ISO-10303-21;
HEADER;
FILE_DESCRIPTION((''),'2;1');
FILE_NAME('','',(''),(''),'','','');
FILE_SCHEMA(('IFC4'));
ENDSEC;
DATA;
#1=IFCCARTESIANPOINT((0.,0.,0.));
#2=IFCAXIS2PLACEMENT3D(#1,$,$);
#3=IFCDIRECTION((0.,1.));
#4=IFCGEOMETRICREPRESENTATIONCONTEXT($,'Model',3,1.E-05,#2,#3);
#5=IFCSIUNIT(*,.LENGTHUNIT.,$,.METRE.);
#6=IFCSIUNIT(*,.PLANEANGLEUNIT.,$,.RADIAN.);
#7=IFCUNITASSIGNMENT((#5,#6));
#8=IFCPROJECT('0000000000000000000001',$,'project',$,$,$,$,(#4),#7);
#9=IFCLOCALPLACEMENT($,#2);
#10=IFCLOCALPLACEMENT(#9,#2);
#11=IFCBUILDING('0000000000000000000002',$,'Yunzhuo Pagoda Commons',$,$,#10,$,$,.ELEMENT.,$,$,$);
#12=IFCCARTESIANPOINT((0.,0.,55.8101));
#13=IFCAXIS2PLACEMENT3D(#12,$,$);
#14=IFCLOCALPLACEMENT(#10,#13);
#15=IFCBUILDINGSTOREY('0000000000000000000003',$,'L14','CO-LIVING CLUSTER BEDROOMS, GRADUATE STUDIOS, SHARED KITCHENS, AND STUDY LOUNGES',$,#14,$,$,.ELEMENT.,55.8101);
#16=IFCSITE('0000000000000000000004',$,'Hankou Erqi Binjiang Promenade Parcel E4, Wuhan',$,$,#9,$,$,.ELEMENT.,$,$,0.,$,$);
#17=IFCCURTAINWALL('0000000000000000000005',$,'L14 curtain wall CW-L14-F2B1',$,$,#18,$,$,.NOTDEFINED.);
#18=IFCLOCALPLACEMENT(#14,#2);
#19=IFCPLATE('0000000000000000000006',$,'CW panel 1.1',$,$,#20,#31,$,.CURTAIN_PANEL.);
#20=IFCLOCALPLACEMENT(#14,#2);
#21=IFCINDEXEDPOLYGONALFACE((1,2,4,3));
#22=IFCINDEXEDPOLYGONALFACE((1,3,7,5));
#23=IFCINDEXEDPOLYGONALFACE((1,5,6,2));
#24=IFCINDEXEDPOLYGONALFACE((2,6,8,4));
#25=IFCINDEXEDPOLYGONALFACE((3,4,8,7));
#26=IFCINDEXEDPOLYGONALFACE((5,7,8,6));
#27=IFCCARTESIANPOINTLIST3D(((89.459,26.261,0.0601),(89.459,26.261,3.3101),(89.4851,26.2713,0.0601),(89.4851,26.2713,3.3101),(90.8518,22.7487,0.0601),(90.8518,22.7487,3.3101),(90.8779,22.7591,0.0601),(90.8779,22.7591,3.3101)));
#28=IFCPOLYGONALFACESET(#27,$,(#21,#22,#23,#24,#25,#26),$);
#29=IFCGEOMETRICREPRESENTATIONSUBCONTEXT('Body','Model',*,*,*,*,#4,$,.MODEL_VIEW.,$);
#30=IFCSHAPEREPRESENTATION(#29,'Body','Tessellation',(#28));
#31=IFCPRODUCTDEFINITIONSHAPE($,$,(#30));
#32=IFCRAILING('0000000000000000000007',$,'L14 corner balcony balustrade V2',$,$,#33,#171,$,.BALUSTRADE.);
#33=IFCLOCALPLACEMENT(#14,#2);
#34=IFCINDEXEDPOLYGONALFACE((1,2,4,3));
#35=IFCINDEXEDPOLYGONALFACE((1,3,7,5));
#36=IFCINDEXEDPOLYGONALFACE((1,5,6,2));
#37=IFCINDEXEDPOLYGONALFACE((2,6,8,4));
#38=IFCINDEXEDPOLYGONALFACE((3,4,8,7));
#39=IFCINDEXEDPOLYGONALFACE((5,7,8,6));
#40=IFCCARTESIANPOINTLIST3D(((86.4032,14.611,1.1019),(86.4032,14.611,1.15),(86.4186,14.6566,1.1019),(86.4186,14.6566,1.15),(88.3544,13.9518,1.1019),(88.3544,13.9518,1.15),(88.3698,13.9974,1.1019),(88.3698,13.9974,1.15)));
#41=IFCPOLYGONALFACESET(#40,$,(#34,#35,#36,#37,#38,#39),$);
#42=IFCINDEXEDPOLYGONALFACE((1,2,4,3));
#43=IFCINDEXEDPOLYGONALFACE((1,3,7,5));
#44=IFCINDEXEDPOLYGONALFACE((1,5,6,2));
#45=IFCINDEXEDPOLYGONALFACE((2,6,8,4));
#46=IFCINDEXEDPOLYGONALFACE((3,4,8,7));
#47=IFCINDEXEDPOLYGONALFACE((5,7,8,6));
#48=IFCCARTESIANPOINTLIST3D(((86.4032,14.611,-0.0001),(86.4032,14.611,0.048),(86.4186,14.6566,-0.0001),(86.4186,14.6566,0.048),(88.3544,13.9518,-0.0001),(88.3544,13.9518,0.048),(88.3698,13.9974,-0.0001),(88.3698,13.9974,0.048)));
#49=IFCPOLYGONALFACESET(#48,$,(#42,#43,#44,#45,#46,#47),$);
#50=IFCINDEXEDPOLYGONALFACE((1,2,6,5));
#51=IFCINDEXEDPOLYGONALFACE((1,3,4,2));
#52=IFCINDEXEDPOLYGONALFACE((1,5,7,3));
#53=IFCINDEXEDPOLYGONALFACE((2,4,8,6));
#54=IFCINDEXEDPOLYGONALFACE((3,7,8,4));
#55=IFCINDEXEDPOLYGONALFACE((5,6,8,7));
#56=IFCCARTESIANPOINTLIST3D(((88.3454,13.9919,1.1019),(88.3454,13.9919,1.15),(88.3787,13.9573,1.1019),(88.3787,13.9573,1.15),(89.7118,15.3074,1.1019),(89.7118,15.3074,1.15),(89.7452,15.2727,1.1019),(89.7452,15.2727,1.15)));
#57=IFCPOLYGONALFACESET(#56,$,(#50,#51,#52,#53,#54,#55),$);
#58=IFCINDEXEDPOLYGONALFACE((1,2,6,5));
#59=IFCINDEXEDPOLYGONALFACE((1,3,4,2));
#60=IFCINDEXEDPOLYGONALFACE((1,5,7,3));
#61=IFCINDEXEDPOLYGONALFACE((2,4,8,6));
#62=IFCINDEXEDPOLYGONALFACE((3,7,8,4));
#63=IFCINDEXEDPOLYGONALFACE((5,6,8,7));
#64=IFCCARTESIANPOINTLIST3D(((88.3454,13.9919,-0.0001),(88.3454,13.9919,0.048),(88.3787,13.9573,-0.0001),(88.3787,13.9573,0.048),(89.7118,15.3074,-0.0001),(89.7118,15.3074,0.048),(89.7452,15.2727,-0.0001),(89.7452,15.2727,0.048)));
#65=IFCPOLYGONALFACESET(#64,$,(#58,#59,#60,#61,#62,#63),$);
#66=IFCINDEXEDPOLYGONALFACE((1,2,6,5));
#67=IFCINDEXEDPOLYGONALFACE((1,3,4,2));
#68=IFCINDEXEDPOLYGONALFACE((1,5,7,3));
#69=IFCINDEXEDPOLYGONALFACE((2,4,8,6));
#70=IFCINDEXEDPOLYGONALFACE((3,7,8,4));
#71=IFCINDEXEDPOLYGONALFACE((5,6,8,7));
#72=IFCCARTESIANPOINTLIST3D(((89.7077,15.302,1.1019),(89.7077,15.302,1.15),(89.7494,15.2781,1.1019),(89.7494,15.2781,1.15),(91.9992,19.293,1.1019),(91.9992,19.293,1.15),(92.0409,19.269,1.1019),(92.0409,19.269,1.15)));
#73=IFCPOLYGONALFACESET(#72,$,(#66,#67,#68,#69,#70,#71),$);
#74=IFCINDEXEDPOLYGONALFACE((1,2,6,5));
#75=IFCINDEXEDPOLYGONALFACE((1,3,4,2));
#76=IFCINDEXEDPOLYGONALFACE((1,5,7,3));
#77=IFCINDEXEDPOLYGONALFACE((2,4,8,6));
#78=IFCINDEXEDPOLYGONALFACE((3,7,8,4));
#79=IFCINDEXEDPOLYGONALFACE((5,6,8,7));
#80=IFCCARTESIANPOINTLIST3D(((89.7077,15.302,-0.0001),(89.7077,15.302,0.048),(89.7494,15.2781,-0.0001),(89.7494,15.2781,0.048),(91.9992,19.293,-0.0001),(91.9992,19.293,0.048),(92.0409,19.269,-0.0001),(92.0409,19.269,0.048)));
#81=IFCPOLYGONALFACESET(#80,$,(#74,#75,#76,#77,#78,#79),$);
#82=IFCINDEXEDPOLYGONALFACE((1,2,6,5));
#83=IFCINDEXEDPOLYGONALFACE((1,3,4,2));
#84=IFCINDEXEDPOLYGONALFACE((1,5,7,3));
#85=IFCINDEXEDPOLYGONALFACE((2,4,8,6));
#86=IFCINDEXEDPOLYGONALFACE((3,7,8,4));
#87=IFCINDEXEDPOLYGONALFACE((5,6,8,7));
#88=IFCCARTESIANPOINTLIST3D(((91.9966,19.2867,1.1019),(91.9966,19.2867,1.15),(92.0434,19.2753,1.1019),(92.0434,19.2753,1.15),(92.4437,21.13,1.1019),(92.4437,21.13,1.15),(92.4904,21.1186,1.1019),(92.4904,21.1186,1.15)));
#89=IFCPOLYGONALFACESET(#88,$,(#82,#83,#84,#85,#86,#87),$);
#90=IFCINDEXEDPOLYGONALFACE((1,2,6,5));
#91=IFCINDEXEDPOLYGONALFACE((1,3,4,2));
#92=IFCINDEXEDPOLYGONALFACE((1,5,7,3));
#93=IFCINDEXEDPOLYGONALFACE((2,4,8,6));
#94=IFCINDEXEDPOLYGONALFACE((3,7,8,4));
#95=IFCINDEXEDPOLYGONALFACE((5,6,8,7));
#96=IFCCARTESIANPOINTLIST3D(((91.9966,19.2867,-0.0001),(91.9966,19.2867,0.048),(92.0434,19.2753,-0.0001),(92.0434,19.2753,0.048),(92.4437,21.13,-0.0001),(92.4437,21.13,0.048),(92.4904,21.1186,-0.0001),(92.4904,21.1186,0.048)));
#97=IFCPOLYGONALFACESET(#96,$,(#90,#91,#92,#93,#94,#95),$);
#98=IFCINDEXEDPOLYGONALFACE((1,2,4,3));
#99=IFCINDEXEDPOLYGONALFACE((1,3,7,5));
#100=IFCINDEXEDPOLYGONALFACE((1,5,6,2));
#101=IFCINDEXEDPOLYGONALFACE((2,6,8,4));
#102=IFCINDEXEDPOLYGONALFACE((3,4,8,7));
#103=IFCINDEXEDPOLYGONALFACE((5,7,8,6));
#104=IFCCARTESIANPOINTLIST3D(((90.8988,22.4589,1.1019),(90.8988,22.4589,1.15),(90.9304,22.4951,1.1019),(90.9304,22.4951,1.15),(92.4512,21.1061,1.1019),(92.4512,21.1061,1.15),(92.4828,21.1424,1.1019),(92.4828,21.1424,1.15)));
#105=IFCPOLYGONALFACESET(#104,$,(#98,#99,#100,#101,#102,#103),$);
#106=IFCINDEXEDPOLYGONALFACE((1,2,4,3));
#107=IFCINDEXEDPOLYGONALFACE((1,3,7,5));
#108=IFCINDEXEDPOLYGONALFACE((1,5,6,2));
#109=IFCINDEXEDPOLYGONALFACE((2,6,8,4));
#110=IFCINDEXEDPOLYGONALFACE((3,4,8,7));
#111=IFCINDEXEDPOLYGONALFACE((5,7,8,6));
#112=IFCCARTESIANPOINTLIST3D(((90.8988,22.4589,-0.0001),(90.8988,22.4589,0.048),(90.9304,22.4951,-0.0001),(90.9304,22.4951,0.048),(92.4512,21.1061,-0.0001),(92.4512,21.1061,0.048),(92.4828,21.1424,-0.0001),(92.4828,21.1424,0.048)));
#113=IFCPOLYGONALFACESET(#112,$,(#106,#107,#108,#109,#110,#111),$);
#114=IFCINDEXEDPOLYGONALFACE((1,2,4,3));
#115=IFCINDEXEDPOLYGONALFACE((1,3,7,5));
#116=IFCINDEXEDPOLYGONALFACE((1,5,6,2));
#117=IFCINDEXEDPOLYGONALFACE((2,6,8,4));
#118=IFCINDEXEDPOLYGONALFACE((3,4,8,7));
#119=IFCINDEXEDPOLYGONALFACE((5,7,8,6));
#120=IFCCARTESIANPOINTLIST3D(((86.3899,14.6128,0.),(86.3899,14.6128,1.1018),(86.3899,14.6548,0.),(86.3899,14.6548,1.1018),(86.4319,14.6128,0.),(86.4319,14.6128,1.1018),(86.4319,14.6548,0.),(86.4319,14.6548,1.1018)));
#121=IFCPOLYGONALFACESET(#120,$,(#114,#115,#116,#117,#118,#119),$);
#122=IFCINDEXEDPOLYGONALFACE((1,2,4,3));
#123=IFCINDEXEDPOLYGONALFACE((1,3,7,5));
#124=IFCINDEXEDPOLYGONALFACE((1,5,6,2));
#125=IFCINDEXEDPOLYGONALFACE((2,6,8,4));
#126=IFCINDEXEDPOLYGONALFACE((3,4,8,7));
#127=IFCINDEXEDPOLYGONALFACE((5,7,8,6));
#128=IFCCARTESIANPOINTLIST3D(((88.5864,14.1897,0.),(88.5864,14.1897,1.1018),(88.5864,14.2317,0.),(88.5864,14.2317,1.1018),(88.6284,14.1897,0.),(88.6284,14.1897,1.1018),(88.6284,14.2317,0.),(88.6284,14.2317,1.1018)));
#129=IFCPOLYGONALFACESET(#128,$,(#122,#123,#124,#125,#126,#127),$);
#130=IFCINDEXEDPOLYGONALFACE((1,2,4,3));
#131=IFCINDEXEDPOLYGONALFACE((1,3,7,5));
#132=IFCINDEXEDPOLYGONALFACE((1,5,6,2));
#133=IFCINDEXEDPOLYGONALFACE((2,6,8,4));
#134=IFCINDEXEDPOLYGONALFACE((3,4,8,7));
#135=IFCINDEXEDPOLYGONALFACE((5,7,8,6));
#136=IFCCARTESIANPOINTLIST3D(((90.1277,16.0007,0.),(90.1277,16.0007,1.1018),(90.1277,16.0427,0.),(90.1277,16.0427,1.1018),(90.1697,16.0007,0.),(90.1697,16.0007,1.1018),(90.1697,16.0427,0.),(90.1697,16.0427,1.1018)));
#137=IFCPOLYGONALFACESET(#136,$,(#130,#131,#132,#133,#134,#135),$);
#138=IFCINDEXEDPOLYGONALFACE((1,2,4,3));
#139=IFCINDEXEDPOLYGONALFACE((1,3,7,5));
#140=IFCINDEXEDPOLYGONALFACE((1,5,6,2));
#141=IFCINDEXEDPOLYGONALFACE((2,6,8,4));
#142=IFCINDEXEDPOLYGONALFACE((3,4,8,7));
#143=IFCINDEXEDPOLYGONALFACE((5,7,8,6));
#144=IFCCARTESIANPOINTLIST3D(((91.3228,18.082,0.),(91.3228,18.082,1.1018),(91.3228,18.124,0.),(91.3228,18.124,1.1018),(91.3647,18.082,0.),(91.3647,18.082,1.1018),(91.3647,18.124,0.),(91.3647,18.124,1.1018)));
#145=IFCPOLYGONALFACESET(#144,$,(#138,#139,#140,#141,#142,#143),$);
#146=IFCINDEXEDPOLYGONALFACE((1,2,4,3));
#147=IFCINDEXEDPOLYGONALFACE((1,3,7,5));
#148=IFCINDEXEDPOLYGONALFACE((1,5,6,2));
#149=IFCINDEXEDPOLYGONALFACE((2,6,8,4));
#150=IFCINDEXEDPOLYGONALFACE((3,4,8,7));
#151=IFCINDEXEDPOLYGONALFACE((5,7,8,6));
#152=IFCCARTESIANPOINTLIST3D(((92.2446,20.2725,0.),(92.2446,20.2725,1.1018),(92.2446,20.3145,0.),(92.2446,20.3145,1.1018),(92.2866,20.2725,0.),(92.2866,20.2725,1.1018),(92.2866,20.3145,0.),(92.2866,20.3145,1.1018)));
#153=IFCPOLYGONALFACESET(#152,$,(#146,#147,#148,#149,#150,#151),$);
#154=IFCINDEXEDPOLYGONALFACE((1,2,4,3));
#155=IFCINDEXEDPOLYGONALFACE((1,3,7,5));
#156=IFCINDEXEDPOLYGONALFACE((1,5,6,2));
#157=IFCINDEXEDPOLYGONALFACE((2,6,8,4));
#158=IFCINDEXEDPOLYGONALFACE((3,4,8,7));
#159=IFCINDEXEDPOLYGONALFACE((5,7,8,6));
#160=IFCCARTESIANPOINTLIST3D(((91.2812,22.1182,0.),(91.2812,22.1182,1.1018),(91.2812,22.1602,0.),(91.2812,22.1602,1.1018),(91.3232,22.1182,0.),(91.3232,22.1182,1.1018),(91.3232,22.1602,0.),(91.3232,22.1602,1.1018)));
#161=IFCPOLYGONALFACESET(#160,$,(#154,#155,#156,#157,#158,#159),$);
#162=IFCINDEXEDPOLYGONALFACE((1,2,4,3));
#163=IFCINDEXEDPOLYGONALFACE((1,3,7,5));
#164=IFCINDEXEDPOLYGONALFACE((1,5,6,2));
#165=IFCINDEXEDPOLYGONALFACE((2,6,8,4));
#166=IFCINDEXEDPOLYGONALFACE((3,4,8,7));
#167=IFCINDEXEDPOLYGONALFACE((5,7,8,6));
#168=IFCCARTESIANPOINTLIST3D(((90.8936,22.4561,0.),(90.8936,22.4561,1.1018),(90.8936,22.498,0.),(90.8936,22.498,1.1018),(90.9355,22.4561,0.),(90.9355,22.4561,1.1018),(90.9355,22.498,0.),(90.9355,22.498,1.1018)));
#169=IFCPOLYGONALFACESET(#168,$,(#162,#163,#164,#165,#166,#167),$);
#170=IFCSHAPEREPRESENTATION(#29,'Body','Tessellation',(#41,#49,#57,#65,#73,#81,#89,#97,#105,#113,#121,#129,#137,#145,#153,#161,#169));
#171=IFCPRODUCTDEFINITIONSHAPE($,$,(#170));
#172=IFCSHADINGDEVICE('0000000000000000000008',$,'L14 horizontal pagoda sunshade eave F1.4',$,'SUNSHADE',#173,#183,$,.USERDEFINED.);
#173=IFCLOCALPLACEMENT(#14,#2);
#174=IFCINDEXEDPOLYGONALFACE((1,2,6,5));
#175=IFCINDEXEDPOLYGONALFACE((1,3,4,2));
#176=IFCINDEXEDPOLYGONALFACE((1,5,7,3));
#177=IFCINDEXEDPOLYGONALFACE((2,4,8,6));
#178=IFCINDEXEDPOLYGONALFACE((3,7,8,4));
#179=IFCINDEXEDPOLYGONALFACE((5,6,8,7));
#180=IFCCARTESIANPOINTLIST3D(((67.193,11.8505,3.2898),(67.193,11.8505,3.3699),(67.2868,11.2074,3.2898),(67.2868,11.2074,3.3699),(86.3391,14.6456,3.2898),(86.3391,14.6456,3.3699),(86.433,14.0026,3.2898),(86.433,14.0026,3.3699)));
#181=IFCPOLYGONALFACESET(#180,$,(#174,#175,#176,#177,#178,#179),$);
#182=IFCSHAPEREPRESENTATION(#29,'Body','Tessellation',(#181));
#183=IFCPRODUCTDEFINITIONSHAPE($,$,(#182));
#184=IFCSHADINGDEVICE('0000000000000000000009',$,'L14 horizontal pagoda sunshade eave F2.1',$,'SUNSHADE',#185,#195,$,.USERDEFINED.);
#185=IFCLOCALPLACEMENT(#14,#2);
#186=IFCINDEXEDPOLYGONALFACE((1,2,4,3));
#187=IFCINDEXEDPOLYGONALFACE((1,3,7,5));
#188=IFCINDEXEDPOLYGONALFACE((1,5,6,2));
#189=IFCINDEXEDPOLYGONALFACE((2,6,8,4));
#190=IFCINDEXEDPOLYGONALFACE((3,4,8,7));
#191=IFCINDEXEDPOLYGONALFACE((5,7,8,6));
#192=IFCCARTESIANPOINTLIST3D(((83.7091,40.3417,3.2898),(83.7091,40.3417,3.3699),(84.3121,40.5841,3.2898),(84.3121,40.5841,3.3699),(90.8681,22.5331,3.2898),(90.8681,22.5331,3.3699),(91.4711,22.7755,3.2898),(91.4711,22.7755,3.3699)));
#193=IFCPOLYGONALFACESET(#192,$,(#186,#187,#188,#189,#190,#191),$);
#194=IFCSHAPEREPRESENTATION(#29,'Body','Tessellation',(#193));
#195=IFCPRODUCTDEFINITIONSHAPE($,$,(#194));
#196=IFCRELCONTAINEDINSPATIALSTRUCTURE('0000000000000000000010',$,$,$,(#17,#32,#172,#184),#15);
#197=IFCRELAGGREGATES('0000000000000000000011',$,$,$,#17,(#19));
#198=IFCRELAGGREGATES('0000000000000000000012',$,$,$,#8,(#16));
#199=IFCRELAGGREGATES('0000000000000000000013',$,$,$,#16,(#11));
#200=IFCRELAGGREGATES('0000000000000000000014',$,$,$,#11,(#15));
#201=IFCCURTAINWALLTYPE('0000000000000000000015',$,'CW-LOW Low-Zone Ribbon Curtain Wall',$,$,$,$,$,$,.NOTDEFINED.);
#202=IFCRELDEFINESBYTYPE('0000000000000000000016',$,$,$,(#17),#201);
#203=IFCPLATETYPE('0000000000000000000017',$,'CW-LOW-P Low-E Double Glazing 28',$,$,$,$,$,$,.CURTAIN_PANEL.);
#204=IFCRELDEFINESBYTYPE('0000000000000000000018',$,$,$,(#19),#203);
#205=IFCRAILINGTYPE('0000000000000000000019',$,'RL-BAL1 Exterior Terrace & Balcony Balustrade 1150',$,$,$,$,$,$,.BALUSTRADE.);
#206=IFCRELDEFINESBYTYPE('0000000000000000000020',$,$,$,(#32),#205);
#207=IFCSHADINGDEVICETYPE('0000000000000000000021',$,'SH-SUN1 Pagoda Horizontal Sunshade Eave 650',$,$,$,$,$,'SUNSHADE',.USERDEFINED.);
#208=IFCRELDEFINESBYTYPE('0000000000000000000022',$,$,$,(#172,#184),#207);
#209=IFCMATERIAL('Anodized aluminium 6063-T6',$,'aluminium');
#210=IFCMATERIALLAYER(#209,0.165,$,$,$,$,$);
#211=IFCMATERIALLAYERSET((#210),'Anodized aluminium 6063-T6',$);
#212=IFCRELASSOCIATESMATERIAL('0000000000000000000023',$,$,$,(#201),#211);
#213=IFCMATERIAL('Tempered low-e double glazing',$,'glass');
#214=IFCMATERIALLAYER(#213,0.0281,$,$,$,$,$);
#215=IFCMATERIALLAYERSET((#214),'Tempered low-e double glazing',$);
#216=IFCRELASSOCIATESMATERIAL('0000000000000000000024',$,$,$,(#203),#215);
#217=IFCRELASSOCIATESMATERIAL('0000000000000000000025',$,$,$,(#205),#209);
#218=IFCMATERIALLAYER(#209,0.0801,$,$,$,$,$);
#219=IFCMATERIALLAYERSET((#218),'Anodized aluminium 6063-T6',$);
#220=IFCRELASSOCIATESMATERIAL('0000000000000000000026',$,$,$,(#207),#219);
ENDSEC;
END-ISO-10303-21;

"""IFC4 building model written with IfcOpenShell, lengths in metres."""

from ifc_helpers import new_model, si_unit, direction, frame, origin, origin_2d, place, context, subcontext, project, spatial, rectangle, extrude, source, transform, mapped, material, layer, layer_set, type_object, element, aggregate, save


model = new_model("IFC4")

# Units and contexts
model_context = context("Model", 3, precision=1e-05, world=origin(), true_north=direction((0.0, 1.0)))
body_context = subcontext(model_context, "Body", "Model", "MODEL_VIEW")
ifc_project = project(units=[si_unit("LENGTHUNIT", "METRE"), si_unit("PLANEANGLEUNIT", "RADIAN")], contexts=[model_context])

# Site, building, storey
site_placement = place(None, origin())
site = spatial("IfcSite", under=ifc_project, at=site_placement, Name="Hankou Erqi Binjiang Promenade Parcel E4, Wuhan", CompositionType="ELEMENT", RefElevation=0.0)
building_placement = place(site_placement, origin())
building = spatial("IfcBuilding", under=site, at=building_placement, Name="Yunzhuo Pagoda Commons", CompositionType="ELEMENT")
storey_placement = place(building_placement, frame((0.0, 0.0, 55.8101)))
storey = spatial("IfcBuildingStorey", under=building, at=storey_placement, Name="L14", Description="CO-LIVING CLUSTER BEDROOMS, GRADUATE STUDIOS, SHARED KITCHENS, AND STUDY LOUNGES", CompositionType="ELEMENT", Elevation=55.8101)

# Shared definitions
ifc_material_1 = material(Name="Anodized aluminium 6063-T6", Category="aluminium")
ifc_layer_1 = layer(ifc_material_1, 0.165)
ifc_layer_set_1 = layer_set([ifc_layer_1], Name="Anodized aluminium 6063-T6")
curtain_wall_type = type_object("IfcCurtainWallType", Name="CW-LOW Low-Zone Ribbon Curtain Wall", PredefinedType="NOTDEFINED", material=ifc_layer_set_1)

# Curtain wall
curtain_wall_1_placement = place(storey_placement, origin())
curtain_wall_1 = element("IfcCurtainWall", 1, at=curtain_wall_1_placement, inside=storey, type_object=curtain_wall_type, Name="L14 curtain wall CW-L14-F2B1", PredefinedType="NOTDEFINED")

# Plate
ifc_material_2 = material(Name="Tempered low-e double glazing", Category="glass")
ifc_layer_2 = layer(ifc_material_2, 0.0281)
ifc_layer_set_2 = layer_set([ifc_layer_2], Name="Tempered low-e double glazing")
plate_type_1 = type_object("IfcPlateType", Name="CW-LOW-P Low-E Double Glazing 28", PredefinedType="CURTAIN_PANEL", material=ifc_layer_set_2)
shared_shape_1 = source(origin(), body_context, "Body", "SweptSolid", [
    extrude(rectangle(XDim=3.7783, YDim=0.0281, at=origin_2d()), origin(), (0.0, 0.0, 1.0), 3.25),
])
plate_1_placement = place(storey_placement, frame((90.1685, 24.51, 0.0601), z_axis=(0.0, 0.0, 1.0), x_axis=(-0.368614, 0.929582, 0.0)))
plate_1 = element("IfcPlate", 2, at=plate_1_placement, type_object=plate_type_1, Name="CW panel 1.1", PredefinedType="CURTAIN_PANEL", context=body_context, shape_type="MappedRepresentation", body=[
    mapped(shared_shape_1, transform((0.0, 0.0, 0.0), scale=1.0)),
])
aggregate(curtain_wall_1, [plate_1])

# Railing
railing_type = type_object("IfcRailingType", Name="RL-BAL1 Exterior Terrace & Balcony Balustrade 1150", PredefinedType="BALUSTRADE", material=ifc_material_1)
railing_placement = place(storey_placement, frame((86.4109, 14.6338, 0.0)))
element("IfcRailing", 3, at=railing_placement, inside=storey, type_object=railing_type, Name="L14 corner balcony balustrade V2", PredefinedType="BALUSTRADE", context=body_context, shape_type="SweptSolid", body=[
    extrude(rectangle(XDim=0.0481, YDim=0.0481, at=origin_2d()), frame((0.0, 0.0, 1.126), z_axis=(0.947395, -0.320066, 0.0), x_axis=(0.320066, 0.947395, 0.0)), (0.0, 0.0, 1.0), 2.0596),
    extrude(rectangle(XDim=0.0481, YDim=0.0481, at=origin_2d()), frame((0.0, 0.0, 0.0239), z_axis=(0.947395, -0.320066, 0.0), x_axis=(0.320066, 0.947395, 0.0)), (0.0, 0.0, 1.0), 2.0596),
    extrude(rectangle(XDim=0.0481, YDim=0.0481, at=origin_2d()), frame((1.9512, -0.6592, 1.126), z_axis=(0.72043, 0.693528, 0.0), x_axis=(-0.693528, 0.72043, 0.0)), (0.0, 0.0, 1.0), 1.8967),
    extrude(rectangle(XDim=0.0481, YDim=0.0481, at=origin_2d()), frame((1.9512, -0.6592, 0.0239), z_axis=(0.72043, 0.693528, 0.0), x_axis=(-0.693528, 0.72043, 0.0)), (0.0, 0.0, 1.0), 1.8967),
    extrude(rectangle(XDim=0.0481, YDim=0.0481, at=origin_2d()), frame((3.3176, 0.6562, 1.126), z_axis=(0.497932, 0.867216, 0.0), x_axis=(-0.867216, 0.497932, 0.0)), (0.0, 0.0, 1.0), 4.6021),
    extrude(rectangle(XDim=0.0481, YDim=0.0481, at=origin_2d()), frame((3.3176, 0.6562, 0.0239), z_axis=(0.497932, 0.867216, 0.0), x_axis=(-0.867216, 0.497932, 0.0)), (0.0, 0.0, 1.0), 4.6021),
    extrude(rectangle(XDim=0.0481, YDim=0.0481, at=origin_2d()), frame((5.6091, 4.6472, 1.126), z_axis=(0.235685, 0.97183, 0.0), x_axis=(-0.97183, 0.235685, 0.0)), (0.0, 0.0, 1.0), 1.8967),
    extrude(rectangle(XDim=0.0481, YDim=0.0481, at=origin_2d()), frame((5.6091, 4.6472, 0.0239), z_axis=(0.235685, 0.97183, 0.0), x_axis=(-0.97183, 0.235685, 0.0)), (0.0, 0.0, 1.0), 1.8967),
    extrude(rectangle(XDim=0.0481, YDim=0.0481, at=origin_2d()), frame((6.0562, 6.4905, 1.126), z_axis=(-0.753934, 0.65695, 0.0), x_axis=(-0.65695, -0.753934, 0.0)), (0.0, 0.0, 1.0), 2.0591),
    extrude(rectangle(XDim=0.0481, YDim=0.0481, at=origin_2d()), frame((6.0562, 6.4905, 0.0239), z_axis=(-0.753934, 0.65695, 0.0), x_axis=(-0.65695, -0.753934, 0.0)), (0.0, 0.0, 1.0), 2.0591),
    extrude(rectangle(XDim=0.042, YDim=0.042, at=origin_2d()), origin(), (0.0, 0.0, 1.0), 1.1018),
    extrude(rectangle(XDim=0.042, YDim=0.042, at=origin_2d()), frame((2.1965, -0.4231, 0.0)), (0.0, 0.0, 1.0), 1.1018),
    extrude(rectangle(XDim=0.042, YDim=0.042, at=origin_2d()), frame((3.7378, 1.3879, 0.0)), (0.0, 0.0, 1.0), 1.1018),
    extrude(rectangle(XDim=0.042, YDim=0.042, at=origin_2d()), frame((4.9329, 3.4692, 0.0)), (0.0, 0.0, 1.0), 1.1018),
    extrude(rectangle(XDim=0.042, YDim=0.042, at=origin_2d()), frame((5.8547, 5.6597, 0.0)), (0.0, 0.0, 1.0), 1.1018),
    extrude(rectangle(XDim=0.042, YDim=0.042, at=origin_2d()), frame((4.8914, 7.5054, 0.0)), (0.0, 0.0, 1.0), 1.1018),
    extrude(rectangle(XDim=0.042, YDim=0.042, at=origin_2d()), frame((4.5037, 7.8433, 0.0)), (0.0, 0.0, 1.0), 1.1018),
])

# Shading devices
ifc_layer_3 = layer(ifc_material_1, 0.0801)
ifc_layer_set_3 = layer_set([ifc_layer_3], Name="Anodized aluminium 6063-T6")
shading_device_type = type_object("IfcShadingDeviceType", Name="SH-SUN1 Pagoda Horizontal Sunshade Eave 650", ElementType="SUNSHADE", PredefinedType="USERDEFINED", material=ifc_layer_set_3)
shared_shape_2 = source(origin(), body_context, "Body", "SweptSolid", [
    extrude(rectangle(XDim=19.3491, YDim=0.6499, at=origin_2d()), origin(), (0.0, 0.0, 1.0), 0.0801),
])
shading_device_1_placement = place(storey_placement, frame((76.813, 12.9265, 3.2898), z_axis=(0.0, 0.0, 1.0), x_axis=(0.989511, 0.14446, 0.0)))
element("IfcShadingDevice", 4, at=shading_device_1_placement, inside=storey, type_object=shading_device_type, Name="L14 horizontal pagoda sunshade eave F1.4", ObjectType="SUNSHADE", PredefinedType="USERDEFINED", context=body_context, shape_type="MappedRepresentation", body=[
    mapped(shared_shape_2, transform((0.0, 0.0, 0.0), scale=1.0)),
])
shared_shape_3 = source(origin(), body_context, "Body", "SweptSolid", [
    extrude(rectangle(XDim=19.1936, YDim=0.6499, at=origin_2d()), origin(), (0.0, 0.0, 1.0), 0.0801),
])
shading_device_2_placement = place(storey_placement, frame((87.5901, 31.5586, 3.2898), z_axis=(0.0, 0.0, 1.0), x_axis=(-0.372988, 0.927836, 0.0)))
element("IfcShadingDevice", 5, at=shading_device_2_placement, inside=storey, type_object=shading_device_type, Name="L14 horizontal pagoda sunshade eave F2.1", ObjectType="SUNSHADE", PredefinedType="USERDEFINED", context=body_context, shape_type="MappedRepresentation", body=[
    mapped(shared_shape_3, transform((0.0, 0.0, 0.0), scale=1.0)),
])

save(model, "model.ifc")
